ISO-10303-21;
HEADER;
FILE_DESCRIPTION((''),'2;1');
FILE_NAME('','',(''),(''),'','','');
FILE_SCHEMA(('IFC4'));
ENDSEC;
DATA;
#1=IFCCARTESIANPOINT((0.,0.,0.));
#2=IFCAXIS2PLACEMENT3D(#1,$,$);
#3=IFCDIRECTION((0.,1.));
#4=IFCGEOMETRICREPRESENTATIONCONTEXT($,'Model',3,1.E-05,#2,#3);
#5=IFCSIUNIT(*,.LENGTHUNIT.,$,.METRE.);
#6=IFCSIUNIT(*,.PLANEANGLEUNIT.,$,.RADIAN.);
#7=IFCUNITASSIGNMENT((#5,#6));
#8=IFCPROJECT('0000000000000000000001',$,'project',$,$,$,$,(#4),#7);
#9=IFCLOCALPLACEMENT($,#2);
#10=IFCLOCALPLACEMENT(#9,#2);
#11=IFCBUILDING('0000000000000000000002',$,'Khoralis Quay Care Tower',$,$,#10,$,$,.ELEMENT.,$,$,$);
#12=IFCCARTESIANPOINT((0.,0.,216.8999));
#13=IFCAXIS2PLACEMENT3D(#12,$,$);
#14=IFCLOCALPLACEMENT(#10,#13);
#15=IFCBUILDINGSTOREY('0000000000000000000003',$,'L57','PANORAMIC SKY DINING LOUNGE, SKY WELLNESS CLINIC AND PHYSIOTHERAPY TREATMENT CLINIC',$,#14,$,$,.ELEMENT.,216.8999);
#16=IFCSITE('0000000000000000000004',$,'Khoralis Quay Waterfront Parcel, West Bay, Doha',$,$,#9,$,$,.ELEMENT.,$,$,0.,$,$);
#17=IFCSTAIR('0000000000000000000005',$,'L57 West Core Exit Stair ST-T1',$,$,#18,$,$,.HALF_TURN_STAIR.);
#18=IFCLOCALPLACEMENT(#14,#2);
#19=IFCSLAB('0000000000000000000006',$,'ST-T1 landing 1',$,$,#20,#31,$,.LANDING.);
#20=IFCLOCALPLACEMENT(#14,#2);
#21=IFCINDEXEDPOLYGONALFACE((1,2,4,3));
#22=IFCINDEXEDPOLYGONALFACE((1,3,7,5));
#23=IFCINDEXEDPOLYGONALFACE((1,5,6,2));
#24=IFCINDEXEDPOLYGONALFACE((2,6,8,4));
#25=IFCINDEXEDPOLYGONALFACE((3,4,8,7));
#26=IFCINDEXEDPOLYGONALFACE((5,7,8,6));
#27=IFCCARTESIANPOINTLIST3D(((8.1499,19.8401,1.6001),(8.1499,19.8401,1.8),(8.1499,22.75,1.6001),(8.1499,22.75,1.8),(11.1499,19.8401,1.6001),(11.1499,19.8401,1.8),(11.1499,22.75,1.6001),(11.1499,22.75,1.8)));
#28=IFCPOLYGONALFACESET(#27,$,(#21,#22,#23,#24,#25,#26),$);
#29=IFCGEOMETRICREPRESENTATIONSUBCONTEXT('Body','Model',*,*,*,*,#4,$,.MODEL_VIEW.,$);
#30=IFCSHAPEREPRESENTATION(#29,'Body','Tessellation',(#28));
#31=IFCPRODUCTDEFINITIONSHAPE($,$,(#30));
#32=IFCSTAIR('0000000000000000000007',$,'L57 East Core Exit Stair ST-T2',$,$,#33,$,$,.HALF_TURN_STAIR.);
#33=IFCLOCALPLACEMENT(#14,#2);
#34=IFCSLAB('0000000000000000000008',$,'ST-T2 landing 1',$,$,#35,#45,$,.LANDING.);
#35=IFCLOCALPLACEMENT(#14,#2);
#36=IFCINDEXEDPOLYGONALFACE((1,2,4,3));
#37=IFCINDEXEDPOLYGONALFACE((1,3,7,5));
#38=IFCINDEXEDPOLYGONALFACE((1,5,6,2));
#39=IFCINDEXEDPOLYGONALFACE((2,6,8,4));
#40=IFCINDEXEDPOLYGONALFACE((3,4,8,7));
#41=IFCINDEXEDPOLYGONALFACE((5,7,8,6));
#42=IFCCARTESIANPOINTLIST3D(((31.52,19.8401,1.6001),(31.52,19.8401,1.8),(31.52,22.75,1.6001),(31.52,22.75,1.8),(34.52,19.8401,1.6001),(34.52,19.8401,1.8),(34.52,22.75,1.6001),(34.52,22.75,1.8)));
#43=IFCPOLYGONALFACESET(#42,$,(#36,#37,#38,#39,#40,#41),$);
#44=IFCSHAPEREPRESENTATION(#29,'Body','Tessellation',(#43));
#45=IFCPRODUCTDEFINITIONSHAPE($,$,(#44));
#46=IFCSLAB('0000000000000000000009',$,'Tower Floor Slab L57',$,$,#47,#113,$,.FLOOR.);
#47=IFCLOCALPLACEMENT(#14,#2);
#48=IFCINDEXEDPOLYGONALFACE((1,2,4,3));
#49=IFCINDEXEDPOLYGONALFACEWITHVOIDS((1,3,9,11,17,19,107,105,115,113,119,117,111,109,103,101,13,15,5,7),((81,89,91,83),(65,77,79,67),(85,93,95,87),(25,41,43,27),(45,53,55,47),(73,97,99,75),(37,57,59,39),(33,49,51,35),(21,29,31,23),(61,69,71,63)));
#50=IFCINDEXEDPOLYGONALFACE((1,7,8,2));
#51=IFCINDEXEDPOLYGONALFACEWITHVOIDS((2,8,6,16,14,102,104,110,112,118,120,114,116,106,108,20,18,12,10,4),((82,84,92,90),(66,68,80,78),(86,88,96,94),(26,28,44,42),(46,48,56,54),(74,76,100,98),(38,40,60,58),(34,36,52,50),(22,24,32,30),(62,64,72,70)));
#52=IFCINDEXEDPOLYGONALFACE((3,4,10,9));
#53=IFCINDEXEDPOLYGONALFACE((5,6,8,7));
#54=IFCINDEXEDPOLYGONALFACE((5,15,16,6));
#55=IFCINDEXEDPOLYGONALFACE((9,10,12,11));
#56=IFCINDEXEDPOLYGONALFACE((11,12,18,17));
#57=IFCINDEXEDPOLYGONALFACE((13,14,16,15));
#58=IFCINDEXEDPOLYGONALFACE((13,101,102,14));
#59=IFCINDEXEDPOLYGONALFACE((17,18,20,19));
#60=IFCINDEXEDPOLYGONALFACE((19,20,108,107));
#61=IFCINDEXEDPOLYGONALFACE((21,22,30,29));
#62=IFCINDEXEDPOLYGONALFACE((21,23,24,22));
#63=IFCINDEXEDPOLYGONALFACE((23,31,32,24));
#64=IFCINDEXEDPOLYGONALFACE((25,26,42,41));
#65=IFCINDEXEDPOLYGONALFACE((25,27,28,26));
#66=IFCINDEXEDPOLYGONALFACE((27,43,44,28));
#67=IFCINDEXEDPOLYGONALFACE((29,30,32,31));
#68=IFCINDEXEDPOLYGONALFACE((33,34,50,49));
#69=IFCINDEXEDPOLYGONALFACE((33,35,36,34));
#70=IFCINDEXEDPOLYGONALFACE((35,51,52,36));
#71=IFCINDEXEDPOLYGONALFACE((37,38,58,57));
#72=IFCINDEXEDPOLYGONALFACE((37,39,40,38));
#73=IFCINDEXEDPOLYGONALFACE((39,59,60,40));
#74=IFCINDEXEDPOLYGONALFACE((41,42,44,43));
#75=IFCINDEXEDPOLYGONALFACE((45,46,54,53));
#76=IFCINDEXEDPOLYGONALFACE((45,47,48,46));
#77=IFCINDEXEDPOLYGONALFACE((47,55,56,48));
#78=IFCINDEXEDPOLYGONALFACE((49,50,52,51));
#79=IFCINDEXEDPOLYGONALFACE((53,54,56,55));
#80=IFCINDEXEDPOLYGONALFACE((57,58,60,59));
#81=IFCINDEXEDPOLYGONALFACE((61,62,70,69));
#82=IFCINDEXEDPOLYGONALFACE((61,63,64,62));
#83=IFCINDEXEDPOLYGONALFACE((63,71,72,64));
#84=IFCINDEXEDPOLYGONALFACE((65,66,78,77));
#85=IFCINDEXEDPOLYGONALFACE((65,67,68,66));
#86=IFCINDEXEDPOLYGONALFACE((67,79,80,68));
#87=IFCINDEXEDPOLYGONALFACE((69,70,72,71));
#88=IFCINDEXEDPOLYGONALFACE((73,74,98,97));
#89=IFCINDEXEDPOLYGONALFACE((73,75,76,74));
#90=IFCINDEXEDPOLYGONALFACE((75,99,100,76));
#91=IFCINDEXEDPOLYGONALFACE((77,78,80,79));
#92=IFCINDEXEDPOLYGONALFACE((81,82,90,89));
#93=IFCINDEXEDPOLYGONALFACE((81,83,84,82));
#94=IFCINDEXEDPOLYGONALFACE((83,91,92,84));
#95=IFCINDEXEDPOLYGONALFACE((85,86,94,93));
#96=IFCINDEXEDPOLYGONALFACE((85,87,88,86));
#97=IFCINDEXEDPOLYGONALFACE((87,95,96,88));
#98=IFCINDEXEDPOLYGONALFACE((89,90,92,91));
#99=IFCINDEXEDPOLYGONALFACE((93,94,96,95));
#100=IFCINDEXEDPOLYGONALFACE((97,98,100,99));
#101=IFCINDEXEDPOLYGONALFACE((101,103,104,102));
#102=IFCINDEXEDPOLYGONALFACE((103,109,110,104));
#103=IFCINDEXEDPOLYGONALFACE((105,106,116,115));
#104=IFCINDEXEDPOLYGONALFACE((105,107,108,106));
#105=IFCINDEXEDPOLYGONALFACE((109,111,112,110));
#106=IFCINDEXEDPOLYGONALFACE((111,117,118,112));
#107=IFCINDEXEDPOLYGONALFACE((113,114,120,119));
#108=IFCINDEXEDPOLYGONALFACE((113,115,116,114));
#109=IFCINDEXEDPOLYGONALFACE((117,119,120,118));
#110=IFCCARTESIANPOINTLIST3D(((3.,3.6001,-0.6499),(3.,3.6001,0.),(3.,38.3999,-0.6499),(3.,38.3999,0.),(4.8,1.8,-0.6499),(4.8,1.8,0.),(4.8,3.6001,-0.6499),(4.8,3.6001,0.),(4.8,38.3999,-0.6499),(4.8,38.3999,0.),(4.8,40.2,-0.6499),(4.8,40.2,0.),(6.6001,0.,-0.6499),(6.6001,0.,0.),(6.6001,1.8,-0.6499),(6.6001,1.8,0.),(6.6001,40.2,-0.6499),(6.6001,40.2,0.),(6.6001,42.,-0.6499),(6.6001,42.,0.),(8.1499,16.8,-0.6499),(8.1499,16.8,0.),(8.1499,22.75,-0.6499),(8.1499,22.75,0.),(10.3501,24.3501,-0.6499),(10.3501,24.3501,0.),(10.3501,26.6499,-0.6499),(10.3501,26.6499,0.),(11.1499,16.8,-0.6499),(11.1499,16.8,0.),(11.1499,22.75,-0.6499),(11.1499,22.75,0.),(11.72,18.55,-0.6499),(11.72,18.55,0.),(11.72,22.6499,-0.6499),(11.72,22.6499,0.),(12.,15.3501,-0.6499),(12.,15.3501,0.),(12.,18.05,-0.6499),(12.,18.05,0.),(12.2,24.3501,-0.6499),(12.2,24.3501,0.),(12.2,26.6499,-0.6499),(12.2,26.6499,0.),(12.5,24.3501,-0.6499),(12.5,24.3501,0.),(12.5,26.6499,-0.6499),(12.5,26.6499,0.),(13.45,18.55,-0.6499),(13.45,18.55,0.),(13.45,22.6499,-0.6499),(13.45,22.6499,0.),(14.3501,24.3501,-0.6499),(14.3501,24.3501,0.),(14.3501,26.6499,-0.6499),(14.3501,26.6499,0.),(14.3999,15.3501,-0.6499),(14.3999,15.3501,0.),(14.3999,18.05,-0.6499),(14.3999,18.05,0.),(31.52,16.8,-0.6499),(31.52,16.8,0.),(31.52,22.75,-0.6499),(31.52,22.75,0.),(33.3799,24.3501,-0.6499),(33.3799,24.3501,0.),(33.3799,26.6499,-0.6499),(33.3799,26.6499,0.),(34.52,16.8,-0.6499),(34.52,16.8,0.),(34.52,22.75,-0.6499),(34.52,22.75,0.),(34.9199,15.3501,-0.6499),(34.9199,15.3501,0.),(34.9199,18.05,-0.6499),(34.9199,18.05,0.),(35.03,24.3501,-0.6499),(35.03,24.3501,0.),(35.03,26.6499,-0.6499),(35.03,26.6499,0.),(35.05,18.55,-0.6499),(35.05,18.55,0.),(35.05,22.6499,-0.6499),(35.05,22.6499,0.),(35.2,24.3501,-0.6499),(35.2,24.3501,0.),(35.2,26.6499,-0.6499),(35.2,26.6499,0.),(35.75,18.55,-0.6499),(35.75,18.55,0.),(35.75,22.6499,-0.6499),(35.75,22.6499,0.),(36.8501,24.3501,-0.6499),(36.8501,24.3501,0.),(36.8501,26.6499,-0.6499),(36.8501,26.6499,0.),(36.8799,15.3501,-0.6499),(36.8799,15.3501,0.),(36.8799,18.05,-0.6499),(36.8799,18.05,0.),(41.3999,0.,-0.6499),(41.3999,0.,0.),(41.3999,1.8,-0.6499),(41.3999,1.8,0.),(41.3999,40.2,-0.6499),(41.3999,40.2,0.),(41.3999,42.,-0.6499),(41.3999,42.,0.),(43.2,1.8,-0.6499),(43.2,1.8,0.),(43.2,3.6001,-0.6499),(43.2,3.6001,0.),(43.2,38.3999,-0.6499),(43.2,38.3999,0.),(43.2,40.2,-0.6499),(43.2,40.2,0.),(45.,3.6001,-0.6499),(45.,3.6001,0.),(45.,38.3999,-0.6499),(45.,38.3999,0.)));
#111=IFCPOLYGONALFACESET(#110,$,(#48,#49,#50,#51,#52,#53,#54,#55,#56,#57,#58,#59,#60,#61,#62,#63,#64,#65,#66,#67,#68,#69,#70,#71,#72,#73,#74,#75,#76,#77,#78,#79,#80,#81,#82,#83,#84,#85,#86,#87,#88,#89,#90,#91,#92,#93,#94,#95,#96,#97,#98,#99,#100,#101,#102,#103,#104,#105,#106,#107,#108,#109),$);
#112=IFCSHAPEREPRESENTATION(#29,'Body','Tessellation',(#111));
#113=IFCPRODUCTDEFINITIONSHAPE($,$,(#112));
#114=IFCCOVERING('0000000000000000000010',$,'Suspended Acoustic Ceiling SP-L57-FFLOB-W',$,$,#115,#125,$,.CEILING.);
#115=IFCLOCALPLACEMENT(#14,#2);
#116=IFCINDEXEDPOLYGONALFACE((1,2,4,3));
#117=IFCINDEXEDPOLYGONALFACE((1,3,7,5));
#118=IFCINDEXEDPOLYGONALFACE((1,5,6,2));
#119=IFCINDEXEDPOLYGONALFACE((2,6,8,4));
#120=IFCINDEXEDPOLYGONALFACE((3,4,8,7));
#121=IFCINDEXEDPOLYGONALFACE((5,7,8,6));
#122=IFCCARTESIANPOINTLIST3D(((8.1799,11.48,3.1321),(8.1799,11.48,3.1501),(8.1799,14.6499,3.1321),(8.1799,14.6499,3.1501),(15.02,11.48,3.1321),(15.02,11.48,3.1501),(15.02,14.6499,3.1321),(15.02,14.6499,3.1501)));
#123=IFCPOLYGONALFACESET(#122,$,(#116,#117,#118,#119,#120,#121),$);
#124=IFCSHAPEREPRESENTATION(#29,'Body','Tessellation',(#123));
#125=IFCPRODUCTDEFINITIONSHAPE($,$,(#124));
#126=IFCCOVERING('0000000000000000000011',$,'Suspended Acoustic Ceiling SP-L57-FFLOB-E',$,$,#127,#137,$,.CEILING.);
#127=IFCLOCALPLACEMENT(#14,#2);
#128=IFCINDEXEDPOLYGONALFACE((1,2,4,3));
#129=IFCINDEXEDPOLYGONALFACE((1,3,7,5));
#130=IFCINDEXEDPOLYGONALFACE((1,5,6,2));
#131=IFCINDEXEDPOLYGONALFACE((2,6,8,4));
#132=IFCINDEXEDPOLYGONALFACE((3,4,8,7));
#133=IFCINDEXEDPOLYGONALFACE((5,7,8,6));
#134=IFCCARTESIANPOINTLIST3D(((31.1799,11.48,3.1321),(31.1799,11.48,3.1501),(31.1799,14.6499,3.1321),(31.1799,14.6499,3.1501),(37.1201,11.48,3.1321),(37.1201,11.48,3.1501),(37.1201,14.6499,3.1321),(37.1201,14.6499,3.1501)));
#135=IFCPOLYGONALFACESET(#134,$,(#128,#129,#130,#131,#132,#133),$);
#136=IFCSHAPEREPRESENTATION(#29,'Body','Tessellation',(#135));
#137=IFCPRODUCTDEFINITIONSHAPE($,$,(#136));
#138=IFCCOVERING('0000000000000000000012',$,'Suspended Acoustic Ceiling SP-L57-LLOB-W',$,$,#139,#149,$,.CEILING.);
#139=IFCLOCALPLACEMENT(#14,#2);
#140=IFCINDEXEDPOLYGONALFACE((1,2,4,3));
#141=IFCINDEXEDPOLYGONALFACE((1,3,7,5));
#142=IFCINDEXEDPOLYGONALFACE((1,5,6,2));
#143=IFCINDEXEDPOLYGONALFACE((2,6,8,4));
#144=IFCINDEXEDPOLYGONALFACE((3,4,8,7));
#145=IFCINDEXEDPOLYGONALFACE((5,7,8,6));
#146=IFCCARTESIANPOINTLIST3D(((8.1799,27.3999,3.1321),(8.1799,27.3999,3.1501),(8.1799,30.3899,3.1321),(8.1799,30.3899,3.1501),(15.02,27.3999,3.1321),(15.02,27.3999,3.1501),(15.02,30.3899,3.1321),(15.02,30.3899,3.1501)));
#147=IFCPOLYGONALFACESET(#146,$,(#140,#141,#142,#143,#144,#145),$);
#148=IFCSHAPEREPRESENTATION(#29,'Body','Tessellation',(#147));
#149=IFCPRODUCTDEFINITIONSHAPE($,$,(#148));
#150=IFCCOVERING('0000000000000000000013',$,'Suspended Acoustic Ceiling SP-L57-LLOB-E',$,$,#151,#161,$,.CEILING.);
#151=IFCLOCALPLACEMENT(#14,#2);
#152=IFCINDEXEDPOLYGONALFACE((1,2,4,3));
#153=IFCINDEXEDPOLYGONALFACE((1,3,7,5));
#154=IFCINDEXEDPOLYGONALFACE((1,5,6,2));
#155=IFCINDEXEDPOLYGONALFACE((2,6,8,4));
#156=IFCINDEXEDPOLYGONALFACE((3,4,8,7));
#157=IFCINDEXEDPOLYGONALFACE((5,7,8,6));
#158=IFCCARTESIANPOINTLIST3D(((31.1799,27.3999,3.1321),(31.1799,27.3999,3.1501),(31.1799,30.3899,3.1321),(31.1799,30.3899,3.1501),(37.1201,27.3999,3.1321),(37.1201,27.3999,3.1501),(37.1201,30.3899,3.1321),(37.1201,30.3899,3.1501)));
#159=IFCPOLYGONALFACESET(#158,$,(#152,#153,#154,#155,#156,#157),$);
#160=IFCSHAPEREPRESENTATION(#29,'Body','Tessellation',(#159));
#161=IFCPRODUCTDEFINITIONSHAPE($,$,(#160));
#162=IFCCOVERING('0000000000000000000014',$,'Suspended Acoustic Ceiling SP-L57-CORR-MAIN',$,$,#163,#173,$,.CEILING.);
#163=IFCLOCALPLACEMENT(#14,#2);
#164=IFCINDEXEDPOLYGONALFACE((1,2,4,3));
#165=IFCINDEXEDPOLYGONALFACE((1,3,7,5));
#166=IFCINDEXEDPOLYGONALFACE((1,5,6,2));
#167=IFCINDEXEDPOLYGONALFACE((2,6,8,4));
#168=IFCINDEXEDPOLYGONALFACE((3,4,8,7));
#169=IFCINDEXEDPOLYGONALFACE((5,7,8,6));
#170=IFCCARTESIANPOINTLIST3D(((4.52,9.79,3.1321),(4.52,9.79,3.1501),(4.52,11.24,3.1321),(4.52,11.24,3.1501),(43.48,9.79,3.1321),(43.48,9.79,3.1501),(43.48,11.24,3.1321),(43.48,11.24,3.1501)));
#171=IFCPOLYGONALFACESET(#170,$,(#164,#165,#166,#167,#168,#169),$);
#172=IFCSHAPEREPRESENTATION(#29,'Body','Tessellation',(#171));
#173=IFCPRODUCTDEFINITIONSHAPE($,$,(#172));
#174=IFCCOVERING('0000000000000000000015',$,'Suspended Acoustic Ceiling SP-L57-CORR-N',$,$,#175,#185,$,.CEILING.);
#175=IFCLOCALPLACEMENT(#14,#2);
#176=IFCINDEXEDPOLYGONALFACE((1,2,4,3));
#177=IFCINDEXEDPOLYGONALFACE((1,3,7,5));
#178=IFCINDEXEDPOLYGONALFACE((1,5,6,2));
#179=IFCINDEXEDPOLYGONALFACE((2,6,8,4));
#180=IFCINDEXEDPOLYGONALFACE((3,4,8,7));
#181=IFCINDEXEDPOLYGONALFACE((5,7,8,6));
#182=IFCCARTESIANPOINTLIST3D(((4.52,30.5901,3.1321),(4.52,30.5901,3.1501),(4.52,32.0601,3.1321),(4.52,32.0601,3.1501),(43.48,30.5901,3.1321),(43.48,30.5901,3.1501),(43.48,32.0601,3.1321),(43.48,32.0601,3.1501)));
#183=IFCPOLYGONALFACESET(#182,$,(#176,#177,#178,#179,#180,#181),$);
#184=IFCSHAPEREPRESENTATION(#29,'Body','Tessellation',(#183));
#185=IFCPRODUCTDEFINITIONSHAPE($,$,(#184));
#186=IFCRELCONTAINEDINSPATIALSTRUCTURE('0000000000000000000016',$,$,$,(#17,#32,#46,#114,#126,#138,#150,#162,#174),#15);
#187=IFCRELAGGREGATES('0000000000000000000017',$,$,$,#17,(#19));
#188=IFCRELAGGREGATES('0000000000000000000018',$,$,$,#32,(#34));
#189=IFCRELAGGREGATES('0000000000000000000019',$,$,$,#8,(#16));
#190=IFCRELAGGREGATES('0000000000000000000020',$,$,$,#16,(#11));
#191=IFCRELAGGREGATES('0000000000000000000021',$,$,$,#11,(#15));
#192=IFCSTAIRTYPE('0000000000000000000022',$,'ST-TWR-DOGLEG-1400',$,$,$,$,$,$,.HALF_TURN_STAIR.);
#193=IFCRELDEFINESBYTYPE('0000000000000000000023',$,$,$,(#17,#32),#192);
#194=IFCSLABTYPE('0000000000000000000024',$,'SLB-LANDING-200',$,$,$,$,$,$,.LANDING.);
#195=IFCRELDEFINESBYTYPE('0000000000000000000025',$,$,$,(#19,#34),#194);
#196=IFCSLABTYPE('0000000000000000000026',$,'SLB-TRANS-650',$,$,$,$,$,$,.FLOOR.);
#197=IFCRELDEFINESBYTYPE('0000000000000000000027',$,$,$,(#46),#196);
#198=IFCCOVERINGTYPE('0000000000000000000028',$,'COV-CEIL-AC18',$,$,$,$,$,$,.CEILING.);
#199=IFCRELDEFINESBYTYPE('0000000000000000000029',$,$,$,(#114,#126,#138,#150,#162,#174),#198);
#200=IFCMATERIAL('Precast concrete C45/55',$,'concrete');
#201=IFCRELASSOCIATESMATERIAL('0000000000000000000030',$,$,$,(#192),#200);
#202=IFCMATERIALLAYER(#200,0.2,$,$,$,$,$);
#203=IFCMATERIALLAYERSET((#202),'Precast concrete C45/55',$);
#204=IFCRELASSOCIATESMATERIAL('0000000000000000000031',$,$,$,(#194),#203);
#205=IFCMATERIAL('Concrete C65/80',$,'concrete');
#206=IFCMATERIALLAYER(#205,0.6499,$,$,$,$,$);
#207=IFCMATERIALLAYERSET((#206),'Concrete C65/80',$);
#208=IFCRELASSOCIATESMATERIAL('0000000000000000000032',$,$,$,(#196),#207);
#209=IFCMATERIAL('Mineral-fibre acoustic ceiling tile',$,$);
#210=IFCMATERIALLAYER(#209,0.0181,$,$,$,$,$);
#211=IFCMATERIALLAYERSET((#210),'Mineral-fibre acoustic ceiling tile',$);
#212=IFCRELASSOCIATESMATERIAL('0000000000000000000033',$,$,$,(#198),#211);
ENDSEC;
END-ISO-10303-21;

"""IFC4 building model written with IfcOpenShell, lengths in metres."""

from ifc_helpers import new_model, si_unit, direction, frame, origin, place, context, subcontext, project, spatial, polyline, outline, extrude, material, layer, layer_set, type_object, element, aggregate, save


model = new_model("IFC4")

# Units and contexts
model_context = context("Model", 3, precision=1e-05, world=origin(), true_north=direction((0.0, 1.0)))
body_context = subcontext(model_context, "Body", "Model", "MODEL_VIEW")
ifc_project = project(units=[si_unit("LENGTHUNIT", "METRE"), si_unit("PLANEANGLEUNIT", "RADIAN")], contexts=[model_context])

# Site, building, storey
site_placement = place(None, origin())
site = spatial("IfcSite", under=ifc_project, at=site_placement, Name="Khoralis Quay Waterfront Parcel, West Bay, Doha", CompositionType="ELEMENT", RefElevation=0.0)
building_placement = place(site_placement, origin())
building = spatial("IfcBuilding", under=site, at=building_placement, Name="Khoralis Quay Care Tower", CompositionType="ELEMENT")
storey_placement = place(building_placement, frame((0.0, 0.0, 216.8999)))
storey = spatial("IfcBuildingStorey", under=building, at=storey_placement, Name="L57", Description="PANORAMIC SKY DINING LOUNGE, SKY WELLNESS CLINIC AND PHYSIOTHERAPY TREATMENT CLINIC", CompositionType="ELEMENT", Elevation=216.8999)

# Stairs, slabs
ifc_material_1 = material(Name="Precast concrete C45/55", Category="concrete")
stair_type = type_object("IfcStairType", Name="ST-TWR-DOGLEG-1400", PredefinedType="HALF_TURN_STAIR", material=ifc_material_1)
stair_1_placement = place(storey_placement, origin())
stair_1 = element("IfcStair", 1, at=stair_1_placement, inside=storey, type_object=stair_type, Name="L57 West Core Exit Stair ST-T1", PredefinedType="HALF_TURN_STAIR")
ifc_layer_1 = layer(ifc_material_1, 0.2)
ifc_layer_set_1 = layer_set([ifc_layer_1], Name="Precast concrete C45/55")
slab_type_1 = type_object("IfcSlabType", Name="SLB-LANDING-200", PredefinedType="LANDING", material=ifc_layer_set_1)
slab_1_placement = place(storey_placement, frame((0.0, 0.0, 1.6001)))
slab_1 = element("IfcSlab", 2, at=slab_1_placement, type_object=slab_type_1, Name="ST-T1 landing 1", PredefinedType="LANDING", context=body_context, shape_type="SweptSolid", body=[
    extrude(outline(polyline([(11.1499, 19.8401), (11.1499, 22.75), (8.1499, 22.75), (8.1499, 19.8401), (11.1499, 19.8401)])), origin(), (0.0, 0.0, 1.0), 0.2),
])
aggregate(stair_1, [slab_1])
stair_2_placement = place(storey_placement, origin())
stair_2 = element("IfcStair", 3, at=stair_2_placement, inside=storey, type_object=stair_type, Name="L57 East Core Exit Stair ST-T2", PredefinedType="HALF_TURN_STAIR")
slab_2_placement = place(storey_placement, frame((0.0, 0.0, 1.6001)))
slab_2 = element("IfcSlab", 4, at=slab_2_placement, type_object=slab_type_1, Name="ST-T2 landing 1", PredefinedType="LANDING", context=body_context, shape_type="SweptSolid", body=[
    extrude(outline(polyline([(34.52, 19.8401), (34.52, 22.75), (31.52, 22.75), (31.52, 19.8401), (34.52, 19.8401)])), origin(), (0.0, 0.0, 1.0), 0.2),
])
aggregate(stair_2, [slab_2])

# Slab
ifc_material_2 = material(Name="Concrete C65/80", Category="concrete")
ifc_layer_2 = layer(ifc_material_2, 0.6499)
ifc_layer_set_2 = layer_set([ifc_layer_2], Name="Concrete C65/80")
slab_type_2 = type_object("IfcSlabType", Name="SLB-TRANS-650", PredefinedType="FLOOR", material=ifc_layer_set_2)
slab_3_placement = place(storey_placement, frame((0.0, 0.0, -0.6499)))
element("IfcSlab", 5, at=slab_3_placement, inside=storey, type_object=slab_type_2, Name="Tower Floor Slab L57", PredefinedType="FLOOR", context=body_context, shape_type="SweptSolid", body=[
    extrude(outline(polyline([(6.6001, 0.0), (41.3999, 0.0), (41.3999, 1.8), (43.2, 1.8), (43.2, 3.6001), (45.0, 3.6001), (45.0, 38.3999), (43.2, 38.3999), (43.2, 40.2), (41.3999, 40.2), (41.3999, 42.0), (6.6001, 42.0), (6.6001, 40.2), (4.8, 40.2), (4.8, 38.3999), (3.0, 38.3999), (3.0, 3.6001), (4.8, 3.6001), (4.8, 1.8), (6.6001, 1.8), (6.6001, 0.0)]), holes=[polyline([(11.1499, 16.8), (11.1499, 22.75), (8.1499, 22.75), (8.1499, 16.8), (11.1499, 16.8)]), polyline([(34.52, 16.8), (34.52, 22.75), (31.52, 22.75), (31.52, 16.8), (34.52, 16.8)]), polyline([(12.0, 15.3501), (14.3999, 15.3501), (14.3999, 18.05), (12.0, 18.05), (12.0, 15.3501)]), polyline([(34.9199, 15.3501), (36.8799, 15.3501), (36.8799, 18.05), (34.9199, 18.05), (34.9199, 15.3501)]), polyline([(10.3501, 24.3501), (12.2, 24.3501), (12.2, 26.6499), (10.3501, 26.6499), (10.3501, 24.3501)]), polyline([(33.3799, 24.3501), (35.03, 24.3501), (35.03, 26.6499), (33.3799, 26.6499), (33.3799, 24.3501)]), polyline([(12.5, 24.3501), (14.3501, 24.3501), (14.3501, 26.6499), (12.5, 26.6499), (12.5, 24.3501)]), polyline([(35.2, 24.3501), (36.8501, 24.3501), (36.8501, 26.6499), (35.2, 26.6499), (35.2, 24.3501)]), polyline([(11.72, 18.55), (13.45, 18.55), (13.45, 22.6499), (11.72, 22.6499), (11.72, 18.55)]), polyline([(35.05, 18.55), (35.75, 18.55), (35.75, 22.6499), (35.05, 22.6499), (35.05, 18.55)])]), origin(), (0.0, 0.0, 1.0), 0.6499),
])

# Coverings
ifc_material_3 = material(Name="Mineral-fibre acoustic ceiling tile")
ifc_layer_3 = layer(ifc_material_3, 0.0181)
ifc_layer_set_3 = layer_set([ifc_layer_3], Name="Mineral-fibre acoustic ceiling tile")
covering_type_1 = type_object("IfcCoveringType", Name="COV-CEIL-AC18", PredefinedType="CEILING", material=ifc_layer_set_3)
covering_1_placement = place(storey_placement, frame((0.0, 0.0, 3.1321)))
element("IfcCovering", 6, at=covering_1_placement, inside=storey, type_object=covering_type_1, Name="Suspended Acoustic Ceiling SP-L57-FFLOB-W", PredefinedType="CEILING", context=body_context, shape_type="SweptSolid", body=[
    extrude(outline(polyline([(8.1799, 11.48), (15.02, 11.48), (15.02, 14.6499), (8.1799, 14.6499), (8.1799, 11.48)])), origin(), (0.0, 0.0, 1.0), 0.0181),
])
covering_2_placement = place(storey_placement, frame((0.0, 0.0, 3.1321)))
element("IfcCovering", 7, at=covering_2_placement, inside=storey, type_object=covering_type_1, Name="Suspended Acoustic Ceiling SP-L57-FFLOB-E", PredefinedType="CEILING", context=body_context, shape_type="SweptSolid", body=[
    extrude(outline(polyline([(31.1799, 11.48), (37.1201, 11.48), (37.1201, 14.6499), (31.1799, 14.6499), (31.1799, 11.48)])), origin(), (0.0, 0.0, 1.0), 0.0181),
])
covering_3_placement = place(storey_placement, frame((0.0, 0.0, 3.1321)))
element("IfcCovering", 8, at=covering_3_placement, inside=storey, type_object=covering_type_1, Name="Suspended Acoustic Ceiling SP-L57-LLOB-W", PredefinedType="CEILING", context=body_context, shape_type="SweptSolid", body=[
    extrude(outline(polyline([(8.1799, 27.3999), (15.02, 27.3999), (15.02, 30.3899), (8.1799, 30.3899), (8.1799, 27.3999)])), origin(), (0.0, 0.0, 1.0), 0.0181),
])
covering_4_placement = place(storey_placement, frame((0.0, 0.0, 3.1321)))
element("IfcCovering", 9, at=covering_4_placement, inside=storey, type_object=covering_type_1, Name="Suspended Acoustic Ceiling SP-L57-LLOB-E", PredefinedType="CEILING", context=body_context, shape_type="SweptSolid", body=[
    extrude(outline(polyline([(31.1799, 27.3999), (37.1201, 27.3999), (37.1201, 30.3899), (31.1799, 30.3899), (31.1799, 27.3999)])), origin(), (0.0, 0.0, 1.0), 0.0181),
])
covering_5_placement = place(storey_placement, frame((0.0, 0.0, 3.1321)))
element("IfcCovering", 10, at=covering_5_placement, inside=storey, type_object=covering_type_1, Name="Suspended Acoustic Ceiling SP-L57-CORR-MAIN", PredefinedType="CEILING", context=body_context, shape_type="SweptSolid", body=[
    extrude(outline(polyline([(4.52, 9.79), (43.48, 9.79), (43.48, 11.24), (4.52, 11.24), (4.52, 9.79)])), origin(), (0.0, 0.0, 1.0), 0.0181),
])
covering_6_placement = place(storey_placement, frame((0.0, 0.0, 3.1321)))
element("IfcCovering", 11, at=covering_6_placement, inside=storey, type_object=covering_type_1, Name="Suspended Acoustic Ceiling SP-L57-CORR-N", PredefinedType="CEILING", context=body_context, shape_type="SweptSolid", body=[
    extrude(outline(polyline([(4.52, 30.5901), (43.48, 30.5901), (43.48, 32.0601), (4.52, 32.0601), (4.52, 30.5901)])), origin(), (0.0, 0.0, 1.0), 0.0181),
])

save(model, "model.ifc")
